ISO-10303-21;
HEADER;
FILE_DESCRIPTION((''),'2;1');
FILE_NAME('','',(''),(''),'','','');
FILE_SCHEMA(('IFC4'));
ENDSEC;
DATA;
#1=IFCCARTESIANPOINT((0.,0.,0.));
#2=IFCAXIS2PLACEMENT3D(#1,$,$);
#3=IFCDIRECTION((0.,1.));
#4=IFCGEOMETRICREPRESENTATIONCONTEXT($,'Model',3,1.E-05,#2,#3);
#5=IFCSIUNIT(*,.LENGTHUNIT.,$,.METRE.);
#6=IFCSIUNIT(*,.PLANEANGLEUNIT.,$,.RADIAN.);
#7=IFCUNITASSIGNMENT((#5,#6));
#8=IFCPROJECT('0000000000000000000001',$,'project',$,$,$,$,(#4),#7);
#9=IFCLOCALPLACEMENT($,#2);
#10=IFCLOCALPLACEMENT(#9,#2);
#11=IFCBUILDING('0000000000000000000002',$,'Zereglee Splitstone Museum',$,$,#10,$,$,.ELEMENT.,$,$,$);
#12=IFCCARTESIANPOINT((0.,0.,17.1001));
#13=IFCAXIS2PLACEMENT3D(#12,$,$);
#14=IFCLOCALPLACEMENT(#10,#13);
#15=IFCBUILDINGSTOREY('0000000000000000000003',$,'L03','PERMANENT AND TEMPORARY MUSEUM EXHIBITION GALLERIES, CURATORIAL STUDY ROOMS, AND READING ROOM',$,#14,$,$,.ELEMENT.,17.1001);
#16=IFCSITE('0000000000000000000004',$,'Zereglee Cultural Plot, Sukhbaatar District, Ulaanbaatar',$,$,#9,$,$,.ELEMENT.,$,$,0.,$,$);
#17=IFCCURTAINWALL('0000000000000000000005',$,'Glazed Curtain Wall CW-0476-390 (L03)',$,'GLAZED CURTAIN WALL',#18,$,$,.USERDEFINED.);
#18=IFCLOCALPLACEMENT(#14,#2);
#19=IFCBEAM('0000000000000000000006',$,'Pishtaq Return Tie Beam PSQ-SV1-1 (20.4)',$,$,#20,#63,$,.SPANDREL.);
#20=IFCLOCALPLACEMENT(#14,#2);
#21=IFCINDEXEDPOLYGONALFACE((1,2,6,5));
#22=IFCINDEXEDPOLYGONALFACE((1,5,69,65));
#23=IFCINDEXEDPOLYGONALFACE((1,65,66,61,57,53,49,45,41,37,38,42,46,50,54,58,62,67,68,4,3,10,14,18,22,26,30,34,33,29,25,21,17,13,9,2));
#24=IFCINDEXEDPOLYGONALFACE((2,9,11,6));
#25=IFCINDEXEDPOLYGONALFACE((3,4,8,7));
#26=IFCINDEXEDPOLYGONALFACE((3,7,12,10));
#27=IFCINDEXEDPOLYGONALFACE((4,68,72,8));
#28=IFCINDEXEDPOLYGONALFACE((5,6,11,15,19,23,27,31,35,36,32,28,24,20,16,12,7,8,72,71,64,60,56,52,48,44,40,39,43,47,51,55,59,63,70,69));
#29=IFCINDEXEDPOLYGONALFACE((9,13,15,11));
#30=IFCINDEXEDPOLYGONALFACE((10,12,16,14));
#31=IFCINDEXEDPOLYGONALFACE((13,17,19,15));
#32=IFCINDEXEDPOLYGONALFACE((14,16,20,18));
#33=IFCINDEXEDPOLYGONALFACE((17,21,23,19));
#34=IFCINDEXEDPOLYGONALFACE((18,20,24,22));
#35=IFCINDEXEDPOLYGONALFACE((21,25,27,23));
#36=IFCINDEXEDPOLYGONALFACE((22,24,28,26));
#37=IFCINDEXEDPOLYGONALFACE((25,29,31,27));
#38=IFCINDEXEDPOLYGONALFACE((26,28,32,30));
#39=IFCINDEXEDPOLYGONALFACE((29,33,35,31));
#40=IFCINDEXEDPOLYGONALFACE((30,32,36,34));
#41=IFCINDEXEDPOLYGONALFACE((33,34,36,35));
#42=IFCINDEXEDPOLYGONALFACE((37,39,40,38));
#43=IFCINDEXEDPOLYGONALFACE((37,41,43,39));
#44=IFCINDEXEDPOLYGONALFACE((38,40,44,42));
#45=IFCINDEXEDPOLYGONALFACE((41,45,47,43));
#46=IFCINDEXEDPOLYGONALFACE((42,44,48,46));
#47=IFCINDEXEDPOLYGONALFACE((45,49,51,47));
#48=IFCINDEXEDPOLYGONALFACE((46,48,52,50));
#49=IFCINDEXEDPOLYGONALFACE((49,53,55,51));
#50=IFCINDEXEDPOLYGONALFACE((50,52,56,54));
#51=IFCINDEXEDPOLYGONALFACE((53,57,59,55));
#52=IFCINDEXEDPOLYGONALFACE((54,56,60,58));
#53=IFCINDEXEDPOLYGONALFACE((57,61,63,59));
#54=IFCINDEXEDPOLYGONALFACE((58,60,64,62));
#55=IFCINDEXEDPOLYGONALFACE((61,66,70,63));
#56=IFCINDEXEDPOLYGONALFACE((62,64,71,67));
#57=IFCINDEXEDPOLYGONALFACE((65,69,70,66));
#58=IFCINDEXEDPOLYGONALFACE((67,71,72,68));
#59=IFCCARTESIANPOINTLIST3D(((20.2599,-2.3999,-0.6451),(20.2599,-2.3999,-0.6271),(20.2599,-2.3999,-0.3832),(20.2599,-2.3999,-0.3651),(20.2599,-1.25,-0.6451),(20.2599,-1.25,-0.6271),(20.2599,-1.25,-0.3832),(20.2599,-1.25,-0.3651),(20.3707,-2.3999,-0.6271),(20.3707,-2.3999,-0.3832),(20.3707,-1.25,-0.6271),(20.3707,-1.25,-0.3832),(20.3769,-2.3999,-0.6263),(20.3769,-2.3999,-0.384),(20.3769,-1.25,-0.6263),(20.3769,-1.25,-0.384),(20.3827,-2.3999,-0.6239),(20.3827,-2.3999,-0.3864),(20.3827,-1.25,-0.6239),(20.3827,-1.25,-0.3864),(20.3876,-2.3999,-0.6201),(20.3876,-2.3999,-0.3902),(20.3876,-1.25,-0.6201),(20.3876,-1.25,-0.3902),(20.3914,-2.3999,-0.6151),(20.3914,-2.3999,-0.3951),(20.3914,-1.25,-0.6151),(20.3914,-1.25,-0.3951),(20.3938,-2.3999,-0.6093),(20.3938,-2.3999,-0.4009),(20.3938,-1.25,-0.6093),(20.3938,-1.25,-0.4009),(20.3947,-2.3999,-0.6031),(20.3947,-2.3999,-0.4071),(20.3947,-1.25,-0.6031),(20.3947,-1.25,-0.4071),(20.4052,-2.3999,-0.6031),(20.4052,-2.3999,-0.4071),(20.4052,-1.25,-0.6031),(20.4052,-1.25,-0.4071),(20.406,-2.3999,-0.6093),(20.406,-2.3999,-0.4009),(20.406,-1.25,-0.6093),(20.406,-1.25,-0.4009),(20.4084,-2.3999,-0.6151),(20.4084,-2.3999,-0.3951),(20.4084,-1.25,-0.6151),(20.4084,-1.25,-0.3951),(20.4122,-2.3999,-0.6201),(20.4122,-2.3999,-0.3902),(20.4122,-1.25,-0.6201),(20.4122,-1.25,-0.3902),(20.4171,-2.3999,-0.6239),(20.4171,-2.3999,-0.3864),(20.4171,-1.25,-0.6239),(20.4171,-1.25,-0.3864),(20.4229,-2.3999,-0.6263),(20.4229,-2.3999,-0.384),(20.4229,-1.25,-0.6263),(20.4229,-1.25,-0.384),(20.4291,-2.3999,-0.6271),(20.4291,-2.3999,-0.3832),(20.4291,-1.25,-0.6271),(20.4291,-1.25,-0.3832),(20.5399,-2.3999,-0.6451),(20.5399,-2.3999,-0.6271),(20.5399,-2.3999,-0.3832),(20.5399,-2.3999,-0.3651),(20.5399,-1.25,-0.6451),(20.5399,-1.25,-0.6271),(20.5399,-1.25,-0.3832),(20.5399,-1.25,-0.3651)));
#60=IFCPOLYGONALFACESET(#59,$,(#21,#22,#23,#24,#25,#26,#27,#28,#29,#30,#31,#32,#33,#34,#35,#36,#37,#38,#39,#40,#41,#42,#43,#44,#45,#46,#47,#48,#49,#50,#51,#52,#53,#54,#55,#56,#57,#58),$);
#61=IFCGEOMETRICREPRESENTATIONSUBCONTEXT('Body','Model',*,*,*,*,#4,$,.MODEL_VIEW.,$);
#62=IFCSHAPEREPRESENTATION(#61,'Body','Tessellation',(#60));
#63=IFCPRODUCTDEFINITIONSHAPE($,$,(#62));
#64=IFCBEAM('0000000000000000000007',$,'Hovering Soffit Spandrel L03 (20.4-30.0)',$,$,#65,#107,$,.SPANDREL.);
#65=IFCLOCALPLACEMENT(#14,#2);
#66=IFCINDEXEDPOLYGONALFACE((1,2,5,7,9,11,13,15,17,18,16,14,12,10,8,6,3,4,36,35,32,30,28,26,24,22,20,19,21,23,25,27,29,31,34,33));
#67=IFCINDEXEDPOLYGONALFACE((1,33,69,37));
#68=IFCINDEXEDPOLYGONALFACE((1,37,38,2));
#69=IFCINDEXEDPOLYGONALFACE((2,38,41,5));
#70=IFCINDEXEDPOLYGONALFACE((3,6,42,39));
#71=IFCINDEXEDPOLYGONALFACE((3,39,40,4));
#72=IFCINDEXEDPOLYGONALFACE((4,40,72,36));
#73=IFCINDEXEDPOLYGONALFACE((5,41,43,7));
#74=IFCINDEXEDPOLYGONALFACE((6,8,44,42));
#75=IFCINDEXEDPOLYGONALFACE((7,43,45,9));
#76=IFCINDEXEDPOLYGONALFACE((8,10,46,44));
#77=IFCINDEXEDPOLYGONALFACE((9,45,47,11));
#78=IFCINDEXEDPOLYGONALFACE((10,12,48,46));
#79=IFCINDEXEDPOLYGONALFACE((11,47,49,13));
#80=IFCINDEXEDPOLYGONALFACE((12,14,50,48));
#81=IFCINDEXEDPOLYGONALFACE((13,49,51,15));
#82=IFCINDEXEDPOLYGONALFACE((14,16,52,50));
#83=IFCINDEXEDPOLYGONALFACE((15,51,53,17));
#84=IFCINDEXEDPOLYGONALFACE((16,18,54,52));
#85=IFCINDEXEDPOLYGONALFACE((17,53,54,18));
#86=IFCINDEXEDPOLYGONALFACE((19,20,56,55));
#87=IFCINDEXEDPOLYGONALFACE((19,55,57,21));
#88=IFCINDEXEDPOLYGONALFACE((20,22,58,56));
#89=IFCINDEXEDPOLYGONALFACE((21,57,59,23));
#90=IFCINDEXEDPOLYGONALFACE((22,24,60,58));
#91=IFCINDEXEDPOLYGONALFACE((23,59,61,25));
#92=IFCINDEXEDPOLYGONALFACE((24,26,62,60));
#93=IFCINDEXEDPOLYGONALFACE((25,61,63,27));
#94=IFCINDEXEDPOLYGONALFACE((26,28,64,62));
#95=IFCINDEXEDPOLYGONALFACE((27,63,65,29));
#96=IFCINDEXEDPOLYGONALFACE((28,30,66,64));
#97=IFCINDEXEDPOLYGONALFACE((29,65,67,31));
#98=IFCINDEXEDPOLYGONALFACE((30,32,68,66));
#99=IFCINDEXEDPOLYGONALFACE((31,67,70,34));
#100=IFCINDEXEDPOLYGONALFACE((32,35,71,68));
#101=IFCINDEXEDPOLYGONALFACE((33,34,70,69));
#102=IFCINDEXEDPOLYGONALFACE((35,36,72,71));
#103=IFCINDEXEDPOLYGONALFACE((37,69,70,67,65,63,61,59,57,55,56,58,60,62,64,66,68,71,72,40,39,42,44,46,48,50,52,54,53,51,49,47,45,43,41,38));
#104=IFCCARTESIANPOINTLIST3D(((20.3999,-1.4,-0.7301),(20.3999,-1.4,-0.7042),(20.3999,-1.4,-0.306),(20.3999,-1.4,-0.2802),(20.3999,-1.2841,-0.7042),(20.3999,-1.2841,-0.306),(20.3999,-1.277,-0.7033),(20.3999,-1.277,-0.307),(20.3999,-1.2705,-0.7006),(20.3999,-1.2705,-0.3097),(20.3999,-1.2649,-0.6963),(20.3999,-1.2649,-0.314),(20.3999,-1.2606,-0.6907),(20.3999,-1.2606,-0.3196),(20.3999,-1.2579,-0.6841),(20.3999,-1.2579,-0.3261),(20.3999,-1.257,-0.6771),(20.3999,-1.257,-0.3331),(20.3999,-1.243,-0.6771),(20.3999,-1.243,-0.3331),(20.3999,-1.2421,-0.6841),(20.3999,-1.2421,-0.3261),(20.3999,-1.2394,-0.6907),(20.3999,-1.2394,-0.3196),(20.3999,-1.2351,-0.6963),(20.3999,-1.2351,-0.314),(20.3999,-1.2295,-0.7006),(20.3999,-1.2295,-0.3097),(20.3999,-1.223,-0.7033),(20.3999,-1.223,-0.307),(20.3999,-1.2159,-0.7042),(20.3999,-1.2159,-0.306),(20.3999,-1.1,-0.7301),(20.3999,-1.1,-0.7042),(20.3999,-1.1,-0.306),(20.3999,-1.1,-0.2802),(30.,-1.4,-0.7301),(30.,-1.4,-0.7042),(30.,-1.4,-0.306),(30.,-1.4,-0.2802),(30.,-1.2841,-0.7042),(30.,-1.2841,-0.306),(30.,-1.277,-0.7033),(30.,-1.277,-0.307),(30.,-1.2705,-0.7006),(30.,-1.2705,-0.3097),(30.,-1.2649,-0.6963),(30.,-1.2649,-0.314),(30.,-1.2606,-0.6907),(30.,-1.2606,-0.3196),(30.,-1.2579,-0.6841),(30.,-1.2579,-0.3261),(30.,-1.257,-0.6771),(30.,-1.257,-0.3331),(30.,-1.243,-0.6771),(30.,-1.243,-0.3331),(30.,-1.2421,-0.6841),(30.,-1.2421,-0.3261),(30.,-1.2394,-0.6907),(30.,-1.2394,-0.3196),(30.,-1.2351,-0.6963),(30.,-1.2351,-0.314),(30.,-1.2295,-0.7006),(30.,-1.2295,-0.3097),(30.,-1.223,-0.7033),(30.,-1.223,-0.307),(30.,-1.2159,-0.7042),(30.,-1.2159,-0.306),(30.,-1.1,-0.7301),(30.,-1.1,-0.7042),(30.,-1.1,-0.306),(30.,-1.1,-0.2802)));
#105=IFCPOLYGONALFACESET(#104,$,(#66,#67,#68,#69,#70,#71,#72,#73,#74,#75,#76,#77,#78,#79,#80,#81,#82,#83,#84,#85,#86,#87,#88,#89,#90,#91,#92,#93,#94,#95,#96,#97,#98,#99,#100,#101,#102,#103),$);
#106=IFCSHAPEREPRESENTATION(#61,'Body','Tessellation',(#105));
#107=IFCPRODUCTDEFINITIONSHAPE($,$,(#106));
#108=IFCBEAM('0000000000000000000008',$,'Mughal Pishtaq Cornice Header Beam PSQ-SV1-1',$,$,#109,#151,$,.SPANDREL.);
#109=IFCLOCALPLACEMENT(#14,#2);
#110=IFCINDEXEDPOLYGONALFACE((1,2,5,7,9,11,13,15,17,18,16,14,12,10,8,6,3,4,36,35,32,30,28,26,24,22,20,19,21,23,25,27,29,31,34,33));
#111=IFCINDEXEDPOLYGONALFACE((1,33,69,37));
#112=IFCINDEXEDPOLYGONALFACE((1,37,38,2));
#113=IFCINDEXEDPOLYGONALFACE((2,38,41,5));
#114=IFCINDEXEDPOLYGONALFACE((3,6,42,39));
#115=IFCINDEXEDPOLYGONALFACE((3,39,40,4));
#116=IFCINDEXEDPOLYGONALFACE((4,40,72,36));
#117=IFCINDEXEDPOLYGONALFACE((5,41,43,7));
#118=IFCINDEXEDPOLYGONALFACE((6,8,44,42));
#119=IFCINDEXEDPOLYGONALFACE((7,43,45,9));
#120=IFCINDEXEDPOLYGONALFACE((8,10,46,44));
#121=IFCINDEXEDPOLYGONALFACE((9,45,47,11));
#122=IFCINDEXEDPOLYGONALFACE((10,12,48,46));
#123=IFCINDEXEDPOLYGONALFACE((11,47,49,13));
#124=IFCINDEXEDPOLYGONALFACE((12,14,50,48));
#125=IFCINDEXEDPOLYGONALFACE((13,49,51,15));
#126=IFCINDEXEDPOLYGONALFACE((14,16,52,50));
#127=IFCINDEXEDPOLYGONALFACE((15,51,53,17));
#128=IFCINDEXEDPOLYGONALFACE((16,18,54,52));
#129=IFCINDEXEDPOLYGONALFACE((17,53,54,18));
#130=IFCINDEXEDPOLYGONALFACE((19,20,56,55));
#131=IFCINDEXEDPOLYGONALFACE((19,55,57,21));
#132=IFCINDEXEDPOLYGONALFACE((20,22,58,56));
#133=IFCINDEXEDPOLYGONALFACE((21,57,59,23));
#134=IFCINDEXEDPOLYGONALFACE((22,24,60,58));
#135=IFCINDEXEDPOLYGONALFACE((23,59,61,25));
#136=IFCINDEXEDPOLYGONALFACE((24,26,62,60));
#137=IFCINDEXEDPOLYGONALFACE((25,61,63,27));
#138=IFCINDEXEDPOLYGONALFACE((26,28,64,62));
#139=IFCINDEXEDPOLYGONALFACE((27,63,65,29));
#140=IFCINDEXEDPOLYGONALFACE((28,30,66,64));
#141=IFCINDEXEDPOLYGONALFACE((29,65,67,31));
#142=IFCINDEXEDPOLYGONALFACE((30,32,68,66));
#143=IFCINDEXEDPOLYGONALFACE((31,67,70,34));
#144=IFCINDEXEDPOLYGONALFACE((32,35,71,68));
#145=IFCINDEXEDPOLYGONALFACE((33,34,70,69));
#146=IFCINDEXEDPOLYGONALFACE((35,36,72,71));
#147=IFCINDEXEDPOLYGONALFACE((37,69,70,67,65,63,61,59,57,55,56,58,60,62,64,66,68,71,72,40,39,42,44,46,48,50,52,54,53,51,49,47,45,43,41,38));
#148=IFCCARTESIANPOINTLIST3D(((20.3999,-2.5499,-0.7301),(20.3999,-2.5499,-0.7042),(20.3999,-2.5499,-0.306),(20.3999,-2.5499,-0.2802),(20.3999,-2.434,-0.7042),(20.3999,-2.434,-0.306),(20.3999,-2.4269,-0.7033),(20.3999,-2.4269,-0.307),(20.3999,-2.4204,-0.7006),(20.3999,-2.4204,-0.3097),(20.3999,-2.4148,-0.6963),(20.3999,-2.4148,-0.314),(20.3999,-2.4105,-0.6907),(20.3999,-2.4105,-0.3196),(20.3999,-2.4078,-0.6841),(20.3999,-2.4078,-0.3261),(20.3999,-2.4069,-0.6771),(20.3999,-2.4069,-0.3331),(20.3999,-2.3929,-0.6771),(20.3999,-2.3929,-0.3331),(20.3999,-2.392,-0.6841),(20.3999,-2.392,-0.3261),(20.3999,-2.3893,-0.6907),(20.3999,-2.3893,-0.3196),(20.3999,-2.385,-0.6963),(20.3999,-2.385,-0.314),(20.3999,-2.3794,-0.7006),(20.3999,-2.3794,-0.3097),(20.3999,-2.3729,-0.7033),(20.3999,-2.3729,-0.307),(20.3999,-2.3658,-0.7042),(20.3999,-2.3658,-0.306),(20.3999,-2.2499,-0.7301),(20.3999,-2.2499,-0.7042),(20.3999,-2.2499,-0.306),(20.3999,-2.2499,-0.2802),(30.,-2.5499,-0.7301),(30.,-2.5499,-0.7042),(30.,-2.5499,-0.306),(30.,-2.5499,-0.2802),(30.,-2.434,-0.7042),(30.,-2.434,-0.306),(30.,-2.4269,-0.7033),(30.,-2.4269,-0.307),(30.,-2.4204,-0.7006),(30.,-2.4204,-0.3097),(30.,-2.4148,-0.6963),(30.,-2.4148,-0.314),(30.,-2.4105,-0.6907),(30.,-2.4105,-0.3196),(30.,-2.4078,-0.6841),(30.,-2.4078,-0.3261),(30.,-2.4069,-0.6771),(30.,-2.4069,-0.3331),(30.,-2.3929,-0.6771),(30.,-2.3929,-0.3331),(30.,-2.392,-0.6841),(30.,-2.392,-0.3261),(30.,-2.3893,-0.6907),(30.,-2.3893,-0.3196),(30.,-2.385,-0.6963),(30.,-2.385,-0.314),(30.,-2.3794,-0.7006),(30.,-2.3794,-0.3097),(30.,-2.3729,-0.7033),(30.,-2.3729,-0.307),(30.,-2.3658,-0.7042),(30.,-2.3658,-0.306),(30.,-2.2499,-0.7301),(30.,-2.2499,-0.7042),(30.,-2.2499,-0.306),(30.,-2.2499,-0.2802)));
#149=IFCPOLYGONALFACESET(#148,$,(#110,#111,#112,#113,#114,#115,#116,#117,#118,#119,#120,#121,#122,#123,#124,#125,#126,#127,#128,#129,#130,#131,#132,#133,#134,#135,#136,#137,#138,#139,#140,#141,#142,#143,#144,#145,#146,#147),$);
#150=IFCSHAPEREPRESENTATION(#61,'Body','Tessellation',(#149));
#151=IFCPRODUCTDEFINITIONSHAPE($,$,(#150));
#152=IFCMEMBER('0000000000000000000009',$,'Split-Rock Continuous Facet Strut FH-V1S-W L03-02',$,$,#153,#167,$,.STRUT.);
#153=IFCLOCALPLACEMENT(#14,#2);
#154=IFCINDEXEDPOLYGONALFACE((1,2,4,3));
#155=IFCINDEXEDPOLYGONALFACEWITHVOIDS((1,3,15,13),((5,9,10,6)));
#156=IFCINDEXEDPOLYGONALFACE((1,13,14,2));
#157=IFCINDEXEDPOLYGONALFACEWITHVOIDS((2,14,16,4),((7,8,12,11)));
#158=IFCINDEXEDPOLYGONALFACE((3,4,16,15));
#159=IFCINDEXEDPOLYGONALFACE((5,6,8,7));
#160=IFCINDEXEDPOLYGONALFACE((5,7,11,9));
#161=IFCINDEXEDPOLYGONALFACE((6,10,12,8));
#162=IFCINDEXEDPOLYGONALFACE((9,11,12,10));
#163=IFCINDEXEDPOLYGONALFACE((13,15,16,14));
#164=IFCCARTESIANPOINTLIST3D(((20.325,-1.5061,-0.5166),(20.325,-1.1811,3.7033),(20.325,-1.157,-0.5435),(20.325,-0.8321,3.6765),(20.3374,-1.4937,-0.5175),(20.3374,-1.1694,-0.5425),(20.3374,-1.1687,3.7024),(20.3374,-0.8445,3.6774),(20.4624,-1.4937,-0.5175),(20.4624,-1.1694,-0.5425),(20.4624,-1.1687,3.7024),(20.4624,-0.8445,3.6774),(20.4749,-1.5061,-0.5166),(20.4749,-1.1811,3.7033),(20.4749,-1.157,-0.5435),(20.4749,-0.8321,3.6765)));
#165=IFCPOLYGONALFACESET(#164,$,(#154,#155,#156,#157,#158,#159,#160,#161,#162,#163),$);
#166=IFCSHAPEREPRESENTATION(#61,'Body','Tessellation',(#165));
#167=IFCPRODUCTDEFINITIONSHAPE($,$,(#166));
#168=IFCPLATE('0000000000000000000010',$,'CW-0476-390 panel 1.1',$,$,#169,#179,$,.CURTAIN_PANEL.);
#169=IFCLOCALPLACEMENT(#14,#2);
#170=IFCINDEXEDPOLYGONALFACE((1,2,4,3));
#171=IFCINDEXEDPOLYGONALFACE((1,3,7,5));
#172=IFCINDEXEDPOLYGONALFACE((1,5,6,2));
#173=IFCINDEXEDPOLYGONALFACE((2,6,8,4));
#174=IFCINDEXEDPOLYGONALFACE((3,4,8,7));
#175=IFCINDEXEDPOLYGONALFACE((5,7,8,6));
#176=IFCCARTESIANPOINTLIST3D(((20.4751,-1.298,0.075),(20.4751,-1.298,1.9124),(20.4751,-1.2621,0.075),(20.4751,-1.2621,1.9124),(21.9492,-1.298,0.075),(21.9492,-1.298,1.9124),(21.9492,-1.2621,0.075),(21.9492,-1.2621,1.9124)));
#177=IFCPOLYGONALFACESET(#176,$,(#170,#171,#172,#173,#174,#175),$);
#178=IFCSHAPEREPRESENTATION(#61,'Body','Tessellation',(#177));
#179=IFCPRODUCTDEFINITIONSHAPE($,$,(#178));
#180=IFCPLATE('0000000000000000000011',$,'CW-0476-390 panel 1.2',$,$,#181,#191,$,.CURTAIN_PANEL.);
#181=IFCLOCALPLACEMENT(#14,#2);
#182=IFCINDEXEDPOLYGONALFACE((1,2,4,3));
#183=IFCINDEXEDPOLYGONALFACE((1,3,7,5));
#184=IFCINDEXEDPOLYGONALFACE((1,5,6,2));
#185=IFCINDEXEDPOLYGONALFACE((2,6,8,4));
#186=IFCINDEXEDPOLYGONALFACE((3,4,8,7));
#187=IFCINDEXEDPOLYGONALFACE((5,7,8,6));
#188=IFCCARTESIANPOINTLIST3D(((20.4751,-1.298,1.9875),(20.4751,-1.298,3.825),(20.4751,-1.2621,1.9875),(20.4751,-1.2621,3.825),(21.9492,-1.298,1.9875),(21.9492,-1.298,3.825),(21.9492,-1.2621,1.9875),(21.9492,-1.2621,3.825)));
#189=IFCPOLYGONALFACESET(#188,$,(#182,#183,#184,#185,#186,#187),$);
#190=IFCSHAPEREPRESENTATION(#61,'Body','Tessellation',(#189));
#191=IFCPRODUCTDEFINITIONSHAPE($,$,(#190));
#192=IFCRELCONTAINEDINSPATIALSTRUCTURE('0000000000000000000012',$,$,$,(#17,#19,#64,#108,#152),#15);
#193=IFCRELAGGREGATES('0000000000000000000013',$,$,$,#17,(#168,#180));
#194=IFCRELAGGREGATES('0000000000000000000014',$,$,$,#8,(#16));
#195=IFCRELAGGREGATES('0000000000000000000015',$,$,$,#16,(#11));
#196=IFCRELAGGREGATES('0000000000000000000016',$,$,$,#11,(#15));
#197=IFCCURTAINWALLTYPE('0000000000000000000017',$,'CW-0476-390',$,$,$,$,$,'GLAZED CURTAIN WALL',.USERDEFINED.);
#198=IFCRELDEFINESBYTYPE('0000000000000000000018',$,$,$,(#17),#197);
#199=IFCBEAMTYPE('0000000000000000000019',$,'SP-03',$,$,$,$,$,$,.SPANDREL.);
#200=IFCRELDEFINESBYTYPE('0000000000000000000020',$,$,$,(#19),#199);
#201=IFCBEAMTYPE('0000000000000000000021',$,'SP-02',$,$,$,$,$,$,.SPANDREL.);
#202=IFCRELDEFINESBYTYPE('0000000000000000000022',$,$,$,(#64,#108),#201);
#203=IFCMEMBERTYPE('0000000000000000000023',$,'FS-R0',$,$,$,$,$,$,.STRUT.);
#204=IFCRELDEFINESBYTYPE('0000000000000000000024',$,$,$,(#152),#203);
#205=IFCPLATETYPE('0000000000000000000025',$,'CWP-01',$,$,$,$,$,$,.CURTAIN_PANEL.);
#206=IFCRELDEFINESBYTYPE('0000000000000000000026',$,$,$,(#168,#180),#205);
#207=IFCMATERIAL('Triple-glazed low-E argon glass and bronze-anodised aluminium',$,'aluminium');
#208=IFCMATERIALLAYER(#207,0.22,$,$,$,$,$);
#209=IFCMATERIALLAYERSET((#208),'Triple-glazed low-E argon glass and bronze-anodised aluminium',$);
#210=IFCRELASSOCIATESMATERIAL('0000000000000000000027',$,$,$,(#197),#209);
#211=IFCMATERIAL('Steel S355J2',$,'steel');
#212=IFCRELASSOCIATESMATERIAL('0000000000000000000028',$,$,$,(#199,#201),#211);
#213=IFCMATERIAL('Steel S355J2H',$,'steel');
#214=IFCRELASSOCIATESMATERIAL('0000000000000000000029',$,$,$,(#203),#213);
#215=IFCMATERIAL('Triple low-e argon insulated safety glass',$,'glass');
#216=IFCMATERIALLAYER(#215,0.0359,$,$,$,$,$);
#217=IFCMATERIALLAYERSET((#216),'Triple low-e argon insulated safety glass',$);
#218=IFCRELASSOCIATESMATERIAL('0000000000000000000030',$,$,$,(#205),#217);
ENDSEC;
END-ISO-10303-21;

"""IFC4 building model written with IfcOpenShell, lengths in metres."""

from ifc_helpers import new_model, si_unit, direction, frame, origin, origin_2d, place, context, subcontext, project, spatial, rectangle, hollow_rectangle, i_section, extrude, material, layer, layer_set, material_profile, profile_set, type_object, element, aggregate, save


model = new_model("IFC4")

# Units and contexts
model_context = context("Model", 3, precision=1e-05, world=origin(), true_north=direction((0.0, 1.0)))
body_context = subcontext(model_context, "Body", "Model", "MODEL_VIEW")
ifc_project = project(units=[si_unit("LENGTHUNIT", "METRE"), si_unit("PLANEANGLEUNIT", "RADIAN")], contexts=[model_context])

# Site, building, storey
site_placement = place(None, origin())
site = spatial("IfcSite", under=ifc_project, at=site_placement, Name="Zereglee Cultural Plot, Sukhbaatar District, Ulaanbaatar", CompositionType="ELEMENT", RefElevation=0.0)
building_placement = place(site_placement, origin())
building = spatial("IfcBuilding", under=site, at=building_placement, Name="Zereglee Splitstone Museum", CompositionType="ELEMENT")
storey_placement = place(building_placement, frame((0.0, 0.0, 17.1001)))
storey = spatial("IfcBuildingStorey", under=building, at=storey_placement, Name="L03", Description="PERMANENT AND TEMPORARY MUSEUM EXHIBITION GALLERIES, CURATORIAL STUDY ROOMS, AND READING ROOM", CompositionType="ELEMENT", Elevation=17.1001)

# Curtain wall
ifc_material_1 = material(Name="Triple-glazed low-E argon glass and bronze-anodised aluminium", Category="aluminium")
ifc_layer_1 = layer(ifc_material_1, 0.22)
ifc_layer_set_1 = layer_set([ifc_layer_1], Name="Triple-glazed low-E argon glass and bronze-anodised aluminium")
curtain_wall_type = type_object("IfcCurtainWallType", Name="CW-0476-390", ElementType="GLAZED CURTAIN WALL", PredefinedType="USERDEFINED", material=ifc_layer_set_1)
curtain_wall_placement = place(storey_placement, origin())
curtain_wall = element("IfcCurtainWall", 1, at=curtain_wall_placement, inside=storey, type_object=curtain_wall_type, Name="Glazed Curtain Wall CW-0476-390 (L03)", ObjectType="GLAZED CURTAIN WALL", PredefinedType="USERDEFINED")

# Beams
ifc_material_2 = material(Name="Steel S355J2", Category="steel")
ifc_material_profile_1 = material_profile(ifc_material_2, i_section(OverallWidth=0.28, OverallDepth=0.28, WebThickness=0.0105, FlangeThickness=0.0181, FilletRadius=0.0239, at=origin_2d()), Name="HE 280 B")
ifc_profile_set_1 = profile_set([ifc_material_profile_1], Name="Steel S355J2")
beam_type_1 = type_object("IfcBeamType", Name="SP-03", PredefinedType="SPANDREL", material=ifc_profile_set_1)
beam_1_placement = place(storey_placement, frame((20.3999, -2.3999, -0.5051), z_axis=(0.0, 1.0, 0.0), x_axis=(-1.0, 0.0, 0.0)))
element("IfcBeam", 2, at=beam_1_placement, inside=storey, type_object=beam_type_1, Name="Pishtaq Return Tie Beam PSQ-SV1-1 (20.4)", PredefinedType="SPANDREL", context=body_context, shape_type="SweptSolid", body=[
    extrude(i_section(OverallWidth=0.28, OverallDepth=0.28, WebThickness=0.0105, FlangeThickness=0.0181, FilletRadius=0.0239, at=origin_2d()), origin(), (0.0, 0.0, 1.0), 1.1499),
])
ifc_material_profile_2 = material_profile(ifc_material_2, i_section(OverallWidth=0.3, OverallDepth=0.45, WebThickness=0.0139, FlangeThickness=0.0259, FilletRadius=0.0271, at=origin_2d()), Name="HE 450 B")
ifc_profile_set_2 = profile_set([ifc_material_profile_2], Name="Steel S355J2")
beam_type_2 = type_object("IfcBeamType", Name="SP-02", PredefinedType="SPANDREL", material=ifc_profile_set_2)
for number, where, z_axis, x_axis, name in (
    (3, (20.3999, -1.25, -0.5051), (1.0, 0.0, 0.0), (0.0, 1.0, 0.0), "Hovering Soffit Spandrel L03 (20.4-30.0)"),
    (4, (20.3999, -2.3999, -0.5051), (1.0, 0.0, 0.0), (0.0, 1.0, 0.0), "Mughal Pishtaq Cornice Header Beam PSQ-SV1-1"),
):
    element("IfcBeam", number, at=place(storey_placement, frame(where, z_axis=z_axis, x_axis=x_axis)), inside=storey, type_object=beam_type_2, Name=name, PredefinedType="SPANDREL", context=body_context, shape_type="SweptSolid", body=[
        extrude(i_section(OverallWidth=0.3, OverallDepth=0.45, WebThickness=0.0139, FlangeThickness=0.0259, FilletRadius=0.0271, at=origin_2d()), origin(), (0.0, 0.0, 1.0), 9.6001),
    ])

# Member
ifc_material_3 = material(Name="Steel S355J2H", Category="steel")
ifc_material_profile_3 = material_profile(ifc_material_3, hollow_rectangle(XDim=0.1499, YDim=0.3501, WallThickness=0.0125, at=origin_2d()), Name="RHS 350x150x12.5")
ifc_profile_set_3 = profile_set([ifc_material_profile_3], Name="Steel S355J2H")
member_type_1 = type_object("IfcMemberType", Name="FS-R0", PredefinedType="STRUT", material=ifc_profile_set_3)
member_1_placement = place(storey_placement, frame((20.3999, -1.3315, -0.53), z_axis=(0.0, 0.076776, 0.997048), x_axis=(-1.0, 0.0, 0.0)))
element("IfcMember", 5, at=member_1_placement, inside=storey, type_object=member_type_1, Name="Split-Rock Continuous Facet Strut FH-V1S-W L03-02", PredefinedType="STRUT", context=body_context, shape_type="SweptSolid", body=[
    extrude(hollow_rectangle(XDim=0.1499, YDim=0.3501, WallThickness=0.0125, at=origin_2d()), origin(), (0.0, 0.0, 1.0), 4.2324),
])

# Plates
ifc_material_4 = material(Name="Triple low-e argon insulated safety glass", Category="glass")
ifc_layer_2 = layer(ifc_material_4, 0.0359)
ifc_layer_set_2 = layer_set([ifc_layer_2], Name="Triple low-e argon insulated safety glass")
plate_type = type_object("IfcPlateType", Name="CWP-01", PredefinedType="CURTAIN_PANEL", material=ifc_layer_set_2)
plate_1_placement = place(storey_placement, frame((21.2122, -1.28, 0.075), z_axis=(0.0, 0.0, 1.0), x_axis=(1.0, 0.0, 0.0)))
plate_1 = element("IfcPlate", 6, at=plate_1_placement, type_object=plate_type, Name="CW-0476-390 panel 1.1", PredefinedType="CURTAIN_PANEL", context=body_context, shape_type="SweptSolid", body=[
    extrude(rectangle(XDim=1.4741, YDim=0.0359, at=origin_2d()), origin(), (0.0, 0.0, 1.0), 1.8374),
])
plate_2_placement = place(storey_placement, frame((21.2122, -1.28, 1.9875), z_axis=(0.0, 0.0, 1.0), x_axis=(1.0, 0.0, 0.0)))
plate_2 = element("IfcPlate", 7, at=plate_2_placement, type_object=plate_type, Name="CW-0476-390 panel 1.2", PredefinedType="CURTAIN_PANEL", context=body_context, shape_type="SweptSolid", body=[
    extrude(rectangle(XDim=1.4741, YDim=0.0359, at=origin_2d()), origin(), (0.0, 0.0, 1.0), 1.8374),
])
aggregate(curtain_wall, [plate_1, plate_2])

save(model, "model.ifc")
